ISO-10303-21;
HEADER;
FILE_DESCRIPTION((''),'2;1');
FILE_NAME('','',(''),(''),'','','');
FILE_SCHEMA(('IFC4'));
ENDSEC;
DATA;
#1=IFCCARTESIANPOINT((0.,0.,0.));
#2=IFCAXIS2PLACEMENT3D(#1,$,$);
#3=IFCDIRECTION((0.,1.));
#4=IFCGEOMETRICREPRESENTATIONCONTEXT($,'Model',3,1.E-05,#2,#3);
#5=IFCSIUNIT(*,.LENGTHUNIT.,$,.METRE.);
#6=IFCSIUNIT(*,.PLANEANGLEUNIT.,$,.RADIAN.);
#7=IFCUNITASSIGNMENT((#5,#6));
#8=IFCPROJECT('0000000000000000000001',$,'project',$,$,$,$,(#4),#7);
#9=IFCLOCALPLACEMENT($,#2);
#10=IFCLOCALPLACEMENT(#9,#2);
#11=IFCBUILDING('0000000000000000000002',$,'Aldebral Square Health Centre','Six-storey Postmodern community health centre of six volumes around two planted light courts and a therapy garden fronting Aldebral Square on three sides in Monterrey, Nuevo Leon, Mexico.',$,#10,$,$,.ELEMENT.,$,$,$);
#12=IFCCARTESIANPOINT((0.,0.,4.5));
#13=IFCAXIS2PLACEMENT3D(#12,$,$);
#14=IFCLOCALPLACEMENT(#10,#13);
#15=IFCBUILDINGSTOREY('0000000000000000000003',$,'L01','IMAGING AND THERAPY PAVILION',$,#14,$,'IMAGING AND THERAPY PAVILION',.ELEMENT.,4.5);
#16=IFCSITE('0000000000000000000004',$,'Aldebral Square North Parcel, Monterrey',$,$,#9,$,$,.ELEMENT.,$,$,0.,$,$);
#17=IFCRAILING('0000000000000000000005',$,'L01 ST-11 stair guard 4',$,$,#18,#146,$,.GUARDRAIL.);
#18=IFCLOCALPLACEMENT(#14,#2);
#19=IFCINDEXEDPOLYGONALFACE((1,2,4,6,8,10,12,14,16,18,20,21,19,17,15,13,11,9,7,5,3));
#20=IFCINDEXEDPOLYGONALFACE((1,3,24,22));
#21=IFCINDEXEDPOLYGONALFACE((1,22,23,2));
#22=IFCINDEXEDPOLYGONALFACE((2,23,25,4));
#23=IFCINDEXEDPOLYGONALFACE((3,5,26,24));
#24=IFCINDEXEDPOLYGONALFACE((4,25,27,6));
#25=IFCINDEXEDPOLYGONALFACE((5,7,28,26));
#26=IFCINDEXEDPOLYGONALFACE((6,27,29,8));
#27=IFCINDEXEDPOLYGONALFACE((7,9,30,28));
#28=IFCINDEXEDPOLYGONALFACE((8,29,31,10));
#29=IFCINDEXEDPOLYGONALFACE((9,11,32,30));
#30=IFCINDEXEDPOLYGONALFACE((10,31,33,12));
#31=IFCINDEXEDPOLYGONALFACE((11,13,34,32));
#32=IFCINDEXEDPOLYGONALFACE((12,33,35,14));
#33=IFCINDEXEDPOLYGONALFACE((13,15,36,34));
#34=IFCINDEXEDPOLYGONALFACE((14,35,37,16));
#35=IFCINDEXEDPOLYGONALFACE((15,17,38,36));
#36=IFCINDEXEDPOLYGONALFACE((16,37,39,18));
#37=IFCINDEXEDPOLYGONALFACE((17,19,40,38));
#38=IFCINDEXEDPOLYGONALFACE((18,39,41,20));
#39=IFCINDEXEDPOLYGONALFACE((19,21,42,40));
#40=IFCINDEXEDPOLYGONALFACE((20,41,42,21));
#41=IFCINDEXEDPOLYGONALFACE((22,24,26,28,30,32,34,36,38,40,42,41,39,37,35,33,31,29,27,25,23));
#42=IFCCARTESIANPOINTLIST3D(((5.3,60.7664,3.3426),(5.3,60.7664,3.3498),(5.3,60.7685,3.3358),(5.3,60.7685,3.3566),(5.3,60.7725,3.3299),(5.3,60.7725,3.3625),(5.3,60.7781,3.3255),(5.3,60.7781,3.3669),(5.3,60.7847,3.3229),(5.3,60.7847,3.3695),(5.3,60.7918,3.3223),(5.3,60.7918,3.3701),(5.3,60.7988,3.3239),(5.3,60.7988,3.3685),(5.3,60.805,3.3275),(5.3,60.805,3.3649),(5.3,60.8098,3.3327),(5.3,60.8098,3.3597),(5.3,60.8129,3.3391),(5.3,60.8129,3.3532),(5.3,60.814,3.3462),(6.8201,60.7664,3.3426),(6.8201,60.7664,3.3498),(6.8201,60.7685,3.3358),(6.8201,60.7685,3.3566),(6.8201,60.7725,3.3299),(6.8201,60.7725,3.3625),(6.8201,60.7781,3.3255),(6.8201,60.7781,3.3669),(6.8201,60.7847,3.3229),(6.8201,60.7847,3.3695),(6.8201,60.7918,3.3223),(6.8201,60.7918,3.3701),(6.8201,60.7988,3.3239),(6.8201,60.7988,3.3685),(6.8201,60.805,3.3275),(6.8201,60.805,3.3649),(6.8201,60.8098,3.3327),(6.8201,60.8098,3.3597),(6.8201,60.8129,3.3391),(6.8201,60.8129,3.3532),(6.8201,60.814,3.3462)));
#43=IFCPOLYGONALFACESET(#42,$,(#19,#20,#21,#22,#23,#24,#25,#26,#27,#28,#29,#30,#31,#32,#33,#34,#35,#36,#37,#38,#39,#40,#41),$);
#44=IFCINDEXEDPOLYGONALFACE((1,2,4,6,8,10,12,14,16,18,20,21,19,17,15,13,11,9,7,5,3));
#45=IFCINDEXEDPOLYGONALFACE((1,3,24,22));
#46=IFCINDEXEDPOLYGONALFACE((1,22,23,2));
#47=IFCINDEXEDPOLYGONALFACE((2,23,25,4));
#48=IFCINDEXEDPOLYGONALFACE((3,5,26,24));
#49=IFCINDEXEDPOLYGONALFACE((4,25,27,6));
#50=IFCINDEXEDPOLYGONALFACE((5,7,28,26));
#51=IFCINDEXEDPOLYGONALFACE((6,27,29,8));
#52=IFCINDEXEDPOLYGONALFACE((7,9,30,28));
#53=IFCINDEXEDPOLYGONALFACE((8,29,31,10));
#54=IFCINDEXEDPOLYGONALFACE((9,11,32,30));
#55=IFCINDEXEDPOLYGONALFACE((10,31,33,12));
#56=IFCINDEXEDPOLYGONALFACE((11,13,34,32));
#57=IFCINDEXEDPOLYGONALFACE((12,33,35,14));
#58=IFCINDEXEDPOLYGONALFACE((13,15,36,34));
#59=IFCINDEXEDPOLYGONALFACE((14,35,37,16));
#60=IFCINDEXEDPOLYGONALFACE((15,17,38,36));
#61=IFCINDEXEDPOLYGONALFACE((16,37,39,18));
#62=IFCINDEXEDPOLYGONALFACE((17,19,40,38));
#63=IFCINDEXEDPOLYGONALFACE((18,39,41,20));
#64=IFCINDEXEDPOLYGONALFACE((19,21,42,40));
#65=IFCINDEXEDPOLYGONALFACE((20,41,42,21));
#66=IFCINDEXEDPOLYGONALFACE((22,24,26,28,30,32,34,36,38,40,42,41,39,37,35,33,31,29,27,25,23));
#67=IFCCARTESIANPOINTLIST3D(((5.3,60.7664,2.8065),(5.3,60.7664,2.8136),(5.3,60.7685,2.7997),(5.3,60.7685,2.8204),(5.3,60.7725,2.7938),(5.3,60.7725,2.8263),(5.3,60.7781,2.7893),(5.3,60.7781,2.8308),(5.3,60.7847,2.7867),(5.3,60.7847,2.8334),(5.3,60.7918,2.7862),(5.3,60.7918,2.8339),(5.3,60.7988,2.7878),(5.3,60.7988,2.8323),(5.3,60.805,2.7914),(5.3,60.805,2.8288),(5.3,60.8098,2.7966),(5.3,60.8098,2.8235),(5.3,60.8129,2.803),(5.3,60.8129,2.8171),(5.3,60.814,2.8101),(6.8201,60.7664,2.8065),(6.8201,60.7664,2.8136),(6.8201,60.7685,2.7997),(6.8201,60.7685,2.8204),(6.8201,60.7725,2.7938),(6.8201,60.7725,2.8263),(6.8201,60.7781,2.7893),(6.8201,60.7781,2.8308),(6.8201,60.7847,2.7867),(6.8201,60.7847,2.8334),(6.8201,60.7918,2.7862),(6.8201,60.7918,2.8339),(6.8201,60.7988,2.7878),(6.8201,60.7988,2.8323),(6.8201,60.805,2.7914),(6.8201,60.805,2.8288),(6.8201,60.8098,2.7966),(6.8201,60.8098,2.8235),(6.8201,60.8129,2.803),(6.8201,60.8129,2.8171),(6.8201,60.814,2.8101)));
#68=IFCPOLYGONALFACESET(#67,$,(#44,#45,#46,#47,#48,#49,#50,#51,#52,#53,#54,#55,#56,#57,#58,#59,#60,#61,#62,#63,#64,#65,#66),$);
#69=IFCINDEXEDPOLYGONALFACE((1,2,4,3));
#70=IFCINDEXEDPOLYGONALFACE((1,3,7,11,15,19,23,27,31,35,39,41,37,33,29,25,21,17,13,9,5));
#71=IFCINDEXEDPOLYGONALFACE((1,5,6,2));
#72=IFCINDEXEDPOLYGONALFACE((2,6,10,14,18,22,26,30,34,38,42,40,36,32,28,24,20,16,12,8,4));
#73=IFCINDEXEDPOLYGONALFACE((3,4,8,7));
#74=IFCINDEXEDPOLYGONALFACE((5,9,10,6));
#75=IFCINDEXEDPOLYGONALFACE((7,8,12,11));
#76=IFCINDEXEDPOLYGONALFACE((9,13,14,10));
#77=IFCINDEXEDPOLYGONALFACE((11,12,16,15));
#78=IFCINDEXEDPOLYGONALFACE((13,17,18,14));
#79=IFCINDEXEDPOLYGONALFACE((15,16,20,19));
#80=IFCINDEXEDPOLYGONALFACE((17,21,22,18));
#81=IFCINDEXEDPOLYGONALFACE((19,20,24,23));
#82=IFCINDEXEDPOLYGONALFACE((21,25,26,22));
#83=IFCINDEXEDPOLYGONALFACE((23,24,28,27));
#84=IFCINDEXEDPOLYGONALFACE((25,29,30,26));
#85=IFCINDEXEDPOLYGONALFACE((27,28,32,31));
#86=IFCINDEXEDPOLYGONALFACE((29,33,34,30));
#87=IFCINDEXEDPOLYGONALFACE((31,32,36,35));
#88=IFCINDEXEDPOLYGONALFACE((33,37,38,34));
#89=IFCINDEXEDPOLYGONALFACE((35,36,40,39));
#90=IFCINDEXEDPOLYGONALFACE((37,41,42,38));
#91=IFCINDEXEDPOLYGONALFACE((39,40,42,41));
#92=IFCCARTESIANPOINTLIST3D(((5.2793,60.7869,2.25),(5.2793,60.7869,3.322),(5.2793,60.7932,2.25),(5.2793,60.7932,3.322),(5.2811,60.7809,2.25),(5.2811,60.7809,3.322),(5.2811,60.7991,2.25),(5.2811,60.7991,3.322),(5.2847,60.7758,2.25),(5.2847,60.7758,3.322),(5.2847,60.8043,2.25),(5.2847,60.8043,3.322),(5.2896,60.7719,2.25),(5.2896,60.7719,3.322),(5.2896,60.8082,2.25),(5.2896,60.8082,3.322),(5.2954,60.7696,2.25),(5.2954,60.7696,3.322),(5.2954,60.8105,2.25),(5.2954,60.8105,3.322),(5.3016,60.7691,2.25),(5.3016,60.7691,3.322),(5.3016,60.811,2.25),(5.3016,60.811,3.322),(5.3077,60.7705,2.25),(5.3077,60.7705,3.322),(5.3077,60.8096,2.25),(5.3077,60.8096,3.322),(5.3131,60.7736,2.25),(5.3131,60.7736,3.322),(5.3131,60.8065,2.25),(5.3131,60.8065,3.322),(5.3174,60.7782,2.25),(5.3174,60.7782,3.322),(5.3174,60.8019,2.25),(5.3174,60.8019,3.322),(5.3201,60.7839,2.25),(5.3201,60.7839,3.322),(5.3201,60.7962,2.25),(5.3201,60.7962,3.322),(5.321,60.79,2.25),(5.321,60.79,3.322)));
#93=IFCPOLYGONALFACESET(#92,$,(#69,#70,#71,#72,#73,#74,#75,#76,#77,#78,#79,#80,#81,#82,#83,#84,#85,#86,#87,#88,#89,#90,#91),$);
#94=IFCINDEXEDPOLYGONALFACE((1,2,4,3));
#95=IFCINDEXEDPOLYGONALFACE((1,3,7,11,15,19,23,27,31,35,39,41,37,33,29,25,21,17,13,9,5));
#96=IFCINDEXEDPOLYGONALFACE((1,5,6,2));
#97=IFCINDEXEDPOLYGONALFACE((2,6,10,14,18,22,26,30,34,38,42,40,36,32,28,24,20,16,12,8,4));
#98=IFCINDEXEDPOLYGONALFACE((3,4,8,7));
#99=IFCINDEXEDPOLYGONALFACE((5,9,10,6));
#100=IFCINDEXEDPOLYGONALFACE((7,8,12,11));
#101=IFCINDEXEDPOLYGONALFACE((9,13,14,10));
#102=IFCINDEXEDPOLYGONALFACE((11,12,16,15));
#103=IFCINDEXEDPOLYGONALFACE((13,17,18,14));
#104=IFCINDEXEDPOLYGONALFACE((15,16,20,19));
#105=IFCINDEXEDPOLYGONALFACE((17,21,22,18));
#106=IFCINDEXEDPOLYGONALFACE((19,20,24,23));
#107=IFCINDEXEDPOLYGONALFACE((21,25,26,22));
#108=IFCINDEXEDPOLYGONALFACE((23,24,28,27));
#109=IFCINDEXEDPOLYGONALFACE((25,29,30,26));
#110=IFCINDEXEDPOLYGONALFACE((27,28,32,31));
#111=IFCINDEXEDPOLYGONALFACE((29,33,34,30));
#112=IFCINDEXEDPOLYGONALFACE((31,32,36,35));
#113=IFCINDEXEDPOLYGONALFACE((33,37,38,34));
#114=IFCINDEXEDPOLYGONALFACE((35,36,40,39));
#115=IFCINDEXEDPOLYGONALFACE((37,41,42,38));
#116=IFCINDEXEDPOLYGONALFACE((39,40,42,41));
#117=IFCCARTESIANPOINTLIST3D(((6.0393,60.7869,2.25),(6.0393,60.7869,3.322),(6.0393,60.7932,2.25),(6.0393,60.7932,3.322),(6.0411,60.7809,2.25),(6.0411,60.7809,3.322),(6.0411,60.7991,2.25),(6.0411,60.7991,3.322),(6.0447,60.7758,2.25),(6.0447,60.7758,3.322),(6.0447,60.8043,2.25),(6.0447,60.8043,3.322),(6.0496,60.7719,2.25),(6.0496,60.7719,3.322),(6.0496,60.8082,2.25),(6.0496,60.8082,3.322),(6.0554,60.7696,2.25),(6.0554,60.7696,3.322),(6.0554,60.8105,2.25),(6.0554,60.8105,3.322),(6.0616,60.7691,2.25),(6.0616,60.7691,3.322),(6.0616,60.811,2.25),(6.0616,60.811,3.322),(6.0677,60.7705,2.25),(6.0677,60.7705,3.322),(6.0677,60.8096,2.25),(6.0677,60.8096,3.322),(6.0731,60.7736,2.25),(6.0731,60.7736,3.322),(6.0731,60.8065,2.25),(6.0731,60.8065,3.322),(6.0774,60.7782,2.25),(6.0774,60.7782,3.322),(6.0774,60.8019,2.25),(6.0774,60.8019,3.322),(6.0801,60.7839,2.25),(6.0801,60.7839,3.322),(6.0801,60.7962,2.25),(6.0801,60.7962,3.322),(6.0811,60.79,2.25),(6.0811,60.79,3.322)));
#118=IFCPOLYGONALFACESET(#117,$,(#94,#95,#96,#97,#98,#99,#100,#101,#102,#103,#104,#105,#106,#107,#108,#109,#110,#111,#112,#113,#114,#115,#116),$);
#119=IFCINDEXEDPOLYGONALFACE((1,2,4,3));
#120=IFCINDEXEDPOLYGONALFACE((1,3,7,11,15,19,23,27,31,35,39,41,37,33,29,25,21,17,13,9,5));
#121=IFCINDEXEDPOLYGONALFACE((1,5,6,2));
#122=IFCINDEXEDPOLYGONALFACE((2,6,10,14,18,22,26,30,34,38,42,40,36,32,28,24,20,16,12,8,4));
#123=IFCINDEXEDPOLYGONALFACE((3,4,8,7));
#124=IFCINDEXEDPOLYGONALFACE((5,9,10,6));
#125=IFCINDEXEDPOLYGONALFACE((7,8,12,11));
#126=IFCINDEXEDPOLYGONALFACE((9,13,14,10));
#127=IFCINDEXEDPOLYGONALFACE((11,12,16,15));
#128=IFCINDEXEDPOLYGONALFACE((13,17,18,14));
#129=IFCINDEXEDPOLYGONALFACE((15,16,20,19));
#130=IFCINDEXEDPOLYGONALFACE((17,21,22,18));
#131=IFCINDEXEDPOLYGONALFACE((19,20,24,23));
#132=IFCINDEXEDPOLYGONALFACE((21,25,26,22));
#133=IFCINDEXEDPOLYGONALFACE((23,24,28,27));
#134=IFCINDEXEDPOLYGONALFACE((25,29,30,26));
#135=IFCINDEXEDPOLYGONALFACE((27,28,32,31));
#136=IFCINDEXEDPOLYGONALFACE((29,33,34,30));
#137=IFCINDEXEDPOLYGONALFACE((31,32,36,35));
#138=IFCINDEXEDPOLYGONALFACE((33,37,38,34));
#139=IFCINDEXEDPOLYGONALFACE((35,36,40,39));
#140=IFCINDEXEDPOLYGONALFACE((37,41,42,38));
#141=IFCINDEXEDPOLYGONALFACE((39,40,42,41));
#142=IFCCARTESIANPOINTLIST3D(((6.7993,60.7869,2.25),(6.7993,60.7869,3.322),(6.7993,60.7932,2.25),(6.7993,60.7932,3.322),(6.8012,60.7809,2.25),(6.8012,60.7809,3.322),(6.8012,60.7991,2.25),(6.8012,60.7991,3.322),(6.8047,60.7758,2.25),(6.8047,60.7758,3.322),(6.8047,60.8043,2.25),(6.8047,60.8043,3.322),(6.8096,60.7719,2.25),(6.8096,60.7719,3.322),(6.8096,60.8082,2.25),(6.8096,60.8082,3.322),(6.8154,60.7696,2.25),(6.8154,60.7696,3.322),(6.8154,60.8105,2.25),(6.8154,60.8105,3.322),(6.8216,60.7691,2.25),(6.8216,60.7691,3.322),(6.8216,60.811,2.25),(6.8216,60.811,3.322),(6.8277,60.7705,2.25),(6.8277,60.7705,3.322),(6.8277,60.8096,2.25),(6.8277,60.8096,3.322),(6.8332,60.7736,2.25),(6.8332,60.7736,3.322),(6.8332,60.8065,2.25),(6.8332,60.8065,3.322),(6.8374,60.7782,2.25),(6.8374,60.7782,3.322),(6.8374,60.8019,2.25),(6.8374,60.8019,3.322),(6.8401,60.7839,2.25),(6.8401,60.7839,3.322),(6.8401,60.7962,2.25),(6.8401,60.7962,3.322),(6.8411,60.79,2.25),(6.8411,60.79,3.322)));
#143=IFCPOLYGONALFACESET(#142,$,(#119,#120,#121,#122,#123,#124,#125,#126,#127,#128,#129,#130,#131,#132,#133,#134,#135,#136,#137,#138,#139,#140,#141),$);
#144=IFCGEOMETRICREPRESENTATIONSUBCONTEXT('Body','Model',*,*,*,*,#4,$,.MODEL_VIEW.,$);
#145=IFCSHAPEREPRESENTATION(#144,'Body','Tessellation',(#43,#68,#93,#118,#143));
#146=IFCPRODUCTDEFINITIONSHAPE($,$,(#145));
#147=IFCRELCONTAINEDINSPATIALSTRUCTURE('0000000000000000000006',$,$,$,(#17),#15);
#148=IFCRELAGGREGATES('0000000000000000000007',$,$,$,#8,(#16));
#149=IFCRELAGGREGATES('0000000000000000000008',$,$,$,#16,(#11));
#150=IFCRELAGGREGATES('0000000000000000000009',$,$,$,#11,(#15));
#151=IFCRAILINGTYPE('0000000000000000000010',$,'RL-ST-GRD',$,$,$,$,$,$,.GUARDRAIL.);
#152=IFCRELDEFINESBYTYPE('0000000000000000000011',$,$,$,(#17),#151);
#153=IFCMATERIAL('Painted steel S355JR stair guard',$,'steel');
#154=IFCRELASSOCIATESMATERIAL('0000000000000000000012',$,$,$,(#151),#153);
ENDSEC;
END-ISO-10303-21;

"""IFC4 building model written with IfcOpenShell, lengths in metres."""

from ifc_helpers import new_model, si_unit, direction, frame, origin, origin_2d, place, context, subcontext, project, spatial, circle, extrude, material, type_object, element, save


model = new_model("IFC4")

# Units and contexts
model_context = context("Model", 3, precision=1e-05, world=origin(), true_north=direction((0.0, 1.0)))
body_context = subcontext(model_context, "Body", "Model", "MODEL_VIEW")
ifc_project = project(units=[si_unit("LENGTHUNIT", "METRE"), si_unit("PLANEANGLEUNIT", "RADIAN")], contexts=[model_context])

# Site, building, storey
site_placement = place(None, origin())
site = spatial("IfcSite", under=ifc_project, at=site_placement, Name="Aldebral Square North Parcel, Monterrey", CompositionType="ELEMENT", RefElevation=0.0)
building_placement = place(site_placement, origin())
building = spatial("IfcBuilding", under=site, at=building_placement, Name="Aldebral Square Health Centre", Description="Six-storey Postmodern community health centre of six volumes around two planted light courts and a therapy garden fronting Aldebral Square on three sides in Monterrey, Nuevo Leon, Mexico.", CompositionType="ELEMENT")
storey_placement = place(building_placement, frame((0.0, 0.0, 4.5)))
storey = spatial("IfcBuildingStorey", under=building, at=storey_placement, Name="L01", Description="IMAGING AND THERAPY PAVILION", LongName="IMAGING AND THERAPY PAVILION", CompositionType="ELEMENT", Elevation=4.5)

# Railing
ifc_material_1 = material(Name="Painted steel S355JR stair guard", Category="steel")
railing_type_1 = type_object("IfcRailingType", Name="RL-ST-GRD", PredefinedType="GUARDRAIL", material=ifc_material_1)
railing_1_placement = place(storey_placement, frame((5.3, 60.79, 2.25)))
element("IfcRailing", 1, at=railing_1_placement, inside=storey, type_object=railing_type_1, Name="L01 ST-11 stair guard 4", PredefinedType="GUARDRAIL", context=body_context, shape_type="SweptSolid", body=[
    extrude(circle(Radius=0.0239, at=origin_2d()), frame((0.0, 0.0, 1.0962), z_axis=(1.0, 0.0, 0.0), x_axis=(0.0, 1.0, 0.0)), (0.0, 0.0, 1.0), 1.52),
    extrude(circle(Radius=0.0239, at=origin_2d()), frame((0.0, 0.0, 0.5601), z_axis=(1.0, 0.0, 0.0), x_axis=(0.0, 1.0, 0.0)), (0.0, 0.0, 1.0), 1.52),
    extrude(circle(Radius=0.021, at=origin_2d()), origin(), (0.0, 0.0, 1.0), 1.072),
    extrude(circle(Radius=0.021, at=origin_2d()), frame((0.76, 0.0, 0.0)), (0.0, 0.0, 1.0), 1.072),
    extrude(circle(Radius=0.021, at=origin_2d()), frame((1.52, 0.0, 0.0)), (0.0, 0.0, 1.0), 1.072),
])

save(model, "model.ifc")
